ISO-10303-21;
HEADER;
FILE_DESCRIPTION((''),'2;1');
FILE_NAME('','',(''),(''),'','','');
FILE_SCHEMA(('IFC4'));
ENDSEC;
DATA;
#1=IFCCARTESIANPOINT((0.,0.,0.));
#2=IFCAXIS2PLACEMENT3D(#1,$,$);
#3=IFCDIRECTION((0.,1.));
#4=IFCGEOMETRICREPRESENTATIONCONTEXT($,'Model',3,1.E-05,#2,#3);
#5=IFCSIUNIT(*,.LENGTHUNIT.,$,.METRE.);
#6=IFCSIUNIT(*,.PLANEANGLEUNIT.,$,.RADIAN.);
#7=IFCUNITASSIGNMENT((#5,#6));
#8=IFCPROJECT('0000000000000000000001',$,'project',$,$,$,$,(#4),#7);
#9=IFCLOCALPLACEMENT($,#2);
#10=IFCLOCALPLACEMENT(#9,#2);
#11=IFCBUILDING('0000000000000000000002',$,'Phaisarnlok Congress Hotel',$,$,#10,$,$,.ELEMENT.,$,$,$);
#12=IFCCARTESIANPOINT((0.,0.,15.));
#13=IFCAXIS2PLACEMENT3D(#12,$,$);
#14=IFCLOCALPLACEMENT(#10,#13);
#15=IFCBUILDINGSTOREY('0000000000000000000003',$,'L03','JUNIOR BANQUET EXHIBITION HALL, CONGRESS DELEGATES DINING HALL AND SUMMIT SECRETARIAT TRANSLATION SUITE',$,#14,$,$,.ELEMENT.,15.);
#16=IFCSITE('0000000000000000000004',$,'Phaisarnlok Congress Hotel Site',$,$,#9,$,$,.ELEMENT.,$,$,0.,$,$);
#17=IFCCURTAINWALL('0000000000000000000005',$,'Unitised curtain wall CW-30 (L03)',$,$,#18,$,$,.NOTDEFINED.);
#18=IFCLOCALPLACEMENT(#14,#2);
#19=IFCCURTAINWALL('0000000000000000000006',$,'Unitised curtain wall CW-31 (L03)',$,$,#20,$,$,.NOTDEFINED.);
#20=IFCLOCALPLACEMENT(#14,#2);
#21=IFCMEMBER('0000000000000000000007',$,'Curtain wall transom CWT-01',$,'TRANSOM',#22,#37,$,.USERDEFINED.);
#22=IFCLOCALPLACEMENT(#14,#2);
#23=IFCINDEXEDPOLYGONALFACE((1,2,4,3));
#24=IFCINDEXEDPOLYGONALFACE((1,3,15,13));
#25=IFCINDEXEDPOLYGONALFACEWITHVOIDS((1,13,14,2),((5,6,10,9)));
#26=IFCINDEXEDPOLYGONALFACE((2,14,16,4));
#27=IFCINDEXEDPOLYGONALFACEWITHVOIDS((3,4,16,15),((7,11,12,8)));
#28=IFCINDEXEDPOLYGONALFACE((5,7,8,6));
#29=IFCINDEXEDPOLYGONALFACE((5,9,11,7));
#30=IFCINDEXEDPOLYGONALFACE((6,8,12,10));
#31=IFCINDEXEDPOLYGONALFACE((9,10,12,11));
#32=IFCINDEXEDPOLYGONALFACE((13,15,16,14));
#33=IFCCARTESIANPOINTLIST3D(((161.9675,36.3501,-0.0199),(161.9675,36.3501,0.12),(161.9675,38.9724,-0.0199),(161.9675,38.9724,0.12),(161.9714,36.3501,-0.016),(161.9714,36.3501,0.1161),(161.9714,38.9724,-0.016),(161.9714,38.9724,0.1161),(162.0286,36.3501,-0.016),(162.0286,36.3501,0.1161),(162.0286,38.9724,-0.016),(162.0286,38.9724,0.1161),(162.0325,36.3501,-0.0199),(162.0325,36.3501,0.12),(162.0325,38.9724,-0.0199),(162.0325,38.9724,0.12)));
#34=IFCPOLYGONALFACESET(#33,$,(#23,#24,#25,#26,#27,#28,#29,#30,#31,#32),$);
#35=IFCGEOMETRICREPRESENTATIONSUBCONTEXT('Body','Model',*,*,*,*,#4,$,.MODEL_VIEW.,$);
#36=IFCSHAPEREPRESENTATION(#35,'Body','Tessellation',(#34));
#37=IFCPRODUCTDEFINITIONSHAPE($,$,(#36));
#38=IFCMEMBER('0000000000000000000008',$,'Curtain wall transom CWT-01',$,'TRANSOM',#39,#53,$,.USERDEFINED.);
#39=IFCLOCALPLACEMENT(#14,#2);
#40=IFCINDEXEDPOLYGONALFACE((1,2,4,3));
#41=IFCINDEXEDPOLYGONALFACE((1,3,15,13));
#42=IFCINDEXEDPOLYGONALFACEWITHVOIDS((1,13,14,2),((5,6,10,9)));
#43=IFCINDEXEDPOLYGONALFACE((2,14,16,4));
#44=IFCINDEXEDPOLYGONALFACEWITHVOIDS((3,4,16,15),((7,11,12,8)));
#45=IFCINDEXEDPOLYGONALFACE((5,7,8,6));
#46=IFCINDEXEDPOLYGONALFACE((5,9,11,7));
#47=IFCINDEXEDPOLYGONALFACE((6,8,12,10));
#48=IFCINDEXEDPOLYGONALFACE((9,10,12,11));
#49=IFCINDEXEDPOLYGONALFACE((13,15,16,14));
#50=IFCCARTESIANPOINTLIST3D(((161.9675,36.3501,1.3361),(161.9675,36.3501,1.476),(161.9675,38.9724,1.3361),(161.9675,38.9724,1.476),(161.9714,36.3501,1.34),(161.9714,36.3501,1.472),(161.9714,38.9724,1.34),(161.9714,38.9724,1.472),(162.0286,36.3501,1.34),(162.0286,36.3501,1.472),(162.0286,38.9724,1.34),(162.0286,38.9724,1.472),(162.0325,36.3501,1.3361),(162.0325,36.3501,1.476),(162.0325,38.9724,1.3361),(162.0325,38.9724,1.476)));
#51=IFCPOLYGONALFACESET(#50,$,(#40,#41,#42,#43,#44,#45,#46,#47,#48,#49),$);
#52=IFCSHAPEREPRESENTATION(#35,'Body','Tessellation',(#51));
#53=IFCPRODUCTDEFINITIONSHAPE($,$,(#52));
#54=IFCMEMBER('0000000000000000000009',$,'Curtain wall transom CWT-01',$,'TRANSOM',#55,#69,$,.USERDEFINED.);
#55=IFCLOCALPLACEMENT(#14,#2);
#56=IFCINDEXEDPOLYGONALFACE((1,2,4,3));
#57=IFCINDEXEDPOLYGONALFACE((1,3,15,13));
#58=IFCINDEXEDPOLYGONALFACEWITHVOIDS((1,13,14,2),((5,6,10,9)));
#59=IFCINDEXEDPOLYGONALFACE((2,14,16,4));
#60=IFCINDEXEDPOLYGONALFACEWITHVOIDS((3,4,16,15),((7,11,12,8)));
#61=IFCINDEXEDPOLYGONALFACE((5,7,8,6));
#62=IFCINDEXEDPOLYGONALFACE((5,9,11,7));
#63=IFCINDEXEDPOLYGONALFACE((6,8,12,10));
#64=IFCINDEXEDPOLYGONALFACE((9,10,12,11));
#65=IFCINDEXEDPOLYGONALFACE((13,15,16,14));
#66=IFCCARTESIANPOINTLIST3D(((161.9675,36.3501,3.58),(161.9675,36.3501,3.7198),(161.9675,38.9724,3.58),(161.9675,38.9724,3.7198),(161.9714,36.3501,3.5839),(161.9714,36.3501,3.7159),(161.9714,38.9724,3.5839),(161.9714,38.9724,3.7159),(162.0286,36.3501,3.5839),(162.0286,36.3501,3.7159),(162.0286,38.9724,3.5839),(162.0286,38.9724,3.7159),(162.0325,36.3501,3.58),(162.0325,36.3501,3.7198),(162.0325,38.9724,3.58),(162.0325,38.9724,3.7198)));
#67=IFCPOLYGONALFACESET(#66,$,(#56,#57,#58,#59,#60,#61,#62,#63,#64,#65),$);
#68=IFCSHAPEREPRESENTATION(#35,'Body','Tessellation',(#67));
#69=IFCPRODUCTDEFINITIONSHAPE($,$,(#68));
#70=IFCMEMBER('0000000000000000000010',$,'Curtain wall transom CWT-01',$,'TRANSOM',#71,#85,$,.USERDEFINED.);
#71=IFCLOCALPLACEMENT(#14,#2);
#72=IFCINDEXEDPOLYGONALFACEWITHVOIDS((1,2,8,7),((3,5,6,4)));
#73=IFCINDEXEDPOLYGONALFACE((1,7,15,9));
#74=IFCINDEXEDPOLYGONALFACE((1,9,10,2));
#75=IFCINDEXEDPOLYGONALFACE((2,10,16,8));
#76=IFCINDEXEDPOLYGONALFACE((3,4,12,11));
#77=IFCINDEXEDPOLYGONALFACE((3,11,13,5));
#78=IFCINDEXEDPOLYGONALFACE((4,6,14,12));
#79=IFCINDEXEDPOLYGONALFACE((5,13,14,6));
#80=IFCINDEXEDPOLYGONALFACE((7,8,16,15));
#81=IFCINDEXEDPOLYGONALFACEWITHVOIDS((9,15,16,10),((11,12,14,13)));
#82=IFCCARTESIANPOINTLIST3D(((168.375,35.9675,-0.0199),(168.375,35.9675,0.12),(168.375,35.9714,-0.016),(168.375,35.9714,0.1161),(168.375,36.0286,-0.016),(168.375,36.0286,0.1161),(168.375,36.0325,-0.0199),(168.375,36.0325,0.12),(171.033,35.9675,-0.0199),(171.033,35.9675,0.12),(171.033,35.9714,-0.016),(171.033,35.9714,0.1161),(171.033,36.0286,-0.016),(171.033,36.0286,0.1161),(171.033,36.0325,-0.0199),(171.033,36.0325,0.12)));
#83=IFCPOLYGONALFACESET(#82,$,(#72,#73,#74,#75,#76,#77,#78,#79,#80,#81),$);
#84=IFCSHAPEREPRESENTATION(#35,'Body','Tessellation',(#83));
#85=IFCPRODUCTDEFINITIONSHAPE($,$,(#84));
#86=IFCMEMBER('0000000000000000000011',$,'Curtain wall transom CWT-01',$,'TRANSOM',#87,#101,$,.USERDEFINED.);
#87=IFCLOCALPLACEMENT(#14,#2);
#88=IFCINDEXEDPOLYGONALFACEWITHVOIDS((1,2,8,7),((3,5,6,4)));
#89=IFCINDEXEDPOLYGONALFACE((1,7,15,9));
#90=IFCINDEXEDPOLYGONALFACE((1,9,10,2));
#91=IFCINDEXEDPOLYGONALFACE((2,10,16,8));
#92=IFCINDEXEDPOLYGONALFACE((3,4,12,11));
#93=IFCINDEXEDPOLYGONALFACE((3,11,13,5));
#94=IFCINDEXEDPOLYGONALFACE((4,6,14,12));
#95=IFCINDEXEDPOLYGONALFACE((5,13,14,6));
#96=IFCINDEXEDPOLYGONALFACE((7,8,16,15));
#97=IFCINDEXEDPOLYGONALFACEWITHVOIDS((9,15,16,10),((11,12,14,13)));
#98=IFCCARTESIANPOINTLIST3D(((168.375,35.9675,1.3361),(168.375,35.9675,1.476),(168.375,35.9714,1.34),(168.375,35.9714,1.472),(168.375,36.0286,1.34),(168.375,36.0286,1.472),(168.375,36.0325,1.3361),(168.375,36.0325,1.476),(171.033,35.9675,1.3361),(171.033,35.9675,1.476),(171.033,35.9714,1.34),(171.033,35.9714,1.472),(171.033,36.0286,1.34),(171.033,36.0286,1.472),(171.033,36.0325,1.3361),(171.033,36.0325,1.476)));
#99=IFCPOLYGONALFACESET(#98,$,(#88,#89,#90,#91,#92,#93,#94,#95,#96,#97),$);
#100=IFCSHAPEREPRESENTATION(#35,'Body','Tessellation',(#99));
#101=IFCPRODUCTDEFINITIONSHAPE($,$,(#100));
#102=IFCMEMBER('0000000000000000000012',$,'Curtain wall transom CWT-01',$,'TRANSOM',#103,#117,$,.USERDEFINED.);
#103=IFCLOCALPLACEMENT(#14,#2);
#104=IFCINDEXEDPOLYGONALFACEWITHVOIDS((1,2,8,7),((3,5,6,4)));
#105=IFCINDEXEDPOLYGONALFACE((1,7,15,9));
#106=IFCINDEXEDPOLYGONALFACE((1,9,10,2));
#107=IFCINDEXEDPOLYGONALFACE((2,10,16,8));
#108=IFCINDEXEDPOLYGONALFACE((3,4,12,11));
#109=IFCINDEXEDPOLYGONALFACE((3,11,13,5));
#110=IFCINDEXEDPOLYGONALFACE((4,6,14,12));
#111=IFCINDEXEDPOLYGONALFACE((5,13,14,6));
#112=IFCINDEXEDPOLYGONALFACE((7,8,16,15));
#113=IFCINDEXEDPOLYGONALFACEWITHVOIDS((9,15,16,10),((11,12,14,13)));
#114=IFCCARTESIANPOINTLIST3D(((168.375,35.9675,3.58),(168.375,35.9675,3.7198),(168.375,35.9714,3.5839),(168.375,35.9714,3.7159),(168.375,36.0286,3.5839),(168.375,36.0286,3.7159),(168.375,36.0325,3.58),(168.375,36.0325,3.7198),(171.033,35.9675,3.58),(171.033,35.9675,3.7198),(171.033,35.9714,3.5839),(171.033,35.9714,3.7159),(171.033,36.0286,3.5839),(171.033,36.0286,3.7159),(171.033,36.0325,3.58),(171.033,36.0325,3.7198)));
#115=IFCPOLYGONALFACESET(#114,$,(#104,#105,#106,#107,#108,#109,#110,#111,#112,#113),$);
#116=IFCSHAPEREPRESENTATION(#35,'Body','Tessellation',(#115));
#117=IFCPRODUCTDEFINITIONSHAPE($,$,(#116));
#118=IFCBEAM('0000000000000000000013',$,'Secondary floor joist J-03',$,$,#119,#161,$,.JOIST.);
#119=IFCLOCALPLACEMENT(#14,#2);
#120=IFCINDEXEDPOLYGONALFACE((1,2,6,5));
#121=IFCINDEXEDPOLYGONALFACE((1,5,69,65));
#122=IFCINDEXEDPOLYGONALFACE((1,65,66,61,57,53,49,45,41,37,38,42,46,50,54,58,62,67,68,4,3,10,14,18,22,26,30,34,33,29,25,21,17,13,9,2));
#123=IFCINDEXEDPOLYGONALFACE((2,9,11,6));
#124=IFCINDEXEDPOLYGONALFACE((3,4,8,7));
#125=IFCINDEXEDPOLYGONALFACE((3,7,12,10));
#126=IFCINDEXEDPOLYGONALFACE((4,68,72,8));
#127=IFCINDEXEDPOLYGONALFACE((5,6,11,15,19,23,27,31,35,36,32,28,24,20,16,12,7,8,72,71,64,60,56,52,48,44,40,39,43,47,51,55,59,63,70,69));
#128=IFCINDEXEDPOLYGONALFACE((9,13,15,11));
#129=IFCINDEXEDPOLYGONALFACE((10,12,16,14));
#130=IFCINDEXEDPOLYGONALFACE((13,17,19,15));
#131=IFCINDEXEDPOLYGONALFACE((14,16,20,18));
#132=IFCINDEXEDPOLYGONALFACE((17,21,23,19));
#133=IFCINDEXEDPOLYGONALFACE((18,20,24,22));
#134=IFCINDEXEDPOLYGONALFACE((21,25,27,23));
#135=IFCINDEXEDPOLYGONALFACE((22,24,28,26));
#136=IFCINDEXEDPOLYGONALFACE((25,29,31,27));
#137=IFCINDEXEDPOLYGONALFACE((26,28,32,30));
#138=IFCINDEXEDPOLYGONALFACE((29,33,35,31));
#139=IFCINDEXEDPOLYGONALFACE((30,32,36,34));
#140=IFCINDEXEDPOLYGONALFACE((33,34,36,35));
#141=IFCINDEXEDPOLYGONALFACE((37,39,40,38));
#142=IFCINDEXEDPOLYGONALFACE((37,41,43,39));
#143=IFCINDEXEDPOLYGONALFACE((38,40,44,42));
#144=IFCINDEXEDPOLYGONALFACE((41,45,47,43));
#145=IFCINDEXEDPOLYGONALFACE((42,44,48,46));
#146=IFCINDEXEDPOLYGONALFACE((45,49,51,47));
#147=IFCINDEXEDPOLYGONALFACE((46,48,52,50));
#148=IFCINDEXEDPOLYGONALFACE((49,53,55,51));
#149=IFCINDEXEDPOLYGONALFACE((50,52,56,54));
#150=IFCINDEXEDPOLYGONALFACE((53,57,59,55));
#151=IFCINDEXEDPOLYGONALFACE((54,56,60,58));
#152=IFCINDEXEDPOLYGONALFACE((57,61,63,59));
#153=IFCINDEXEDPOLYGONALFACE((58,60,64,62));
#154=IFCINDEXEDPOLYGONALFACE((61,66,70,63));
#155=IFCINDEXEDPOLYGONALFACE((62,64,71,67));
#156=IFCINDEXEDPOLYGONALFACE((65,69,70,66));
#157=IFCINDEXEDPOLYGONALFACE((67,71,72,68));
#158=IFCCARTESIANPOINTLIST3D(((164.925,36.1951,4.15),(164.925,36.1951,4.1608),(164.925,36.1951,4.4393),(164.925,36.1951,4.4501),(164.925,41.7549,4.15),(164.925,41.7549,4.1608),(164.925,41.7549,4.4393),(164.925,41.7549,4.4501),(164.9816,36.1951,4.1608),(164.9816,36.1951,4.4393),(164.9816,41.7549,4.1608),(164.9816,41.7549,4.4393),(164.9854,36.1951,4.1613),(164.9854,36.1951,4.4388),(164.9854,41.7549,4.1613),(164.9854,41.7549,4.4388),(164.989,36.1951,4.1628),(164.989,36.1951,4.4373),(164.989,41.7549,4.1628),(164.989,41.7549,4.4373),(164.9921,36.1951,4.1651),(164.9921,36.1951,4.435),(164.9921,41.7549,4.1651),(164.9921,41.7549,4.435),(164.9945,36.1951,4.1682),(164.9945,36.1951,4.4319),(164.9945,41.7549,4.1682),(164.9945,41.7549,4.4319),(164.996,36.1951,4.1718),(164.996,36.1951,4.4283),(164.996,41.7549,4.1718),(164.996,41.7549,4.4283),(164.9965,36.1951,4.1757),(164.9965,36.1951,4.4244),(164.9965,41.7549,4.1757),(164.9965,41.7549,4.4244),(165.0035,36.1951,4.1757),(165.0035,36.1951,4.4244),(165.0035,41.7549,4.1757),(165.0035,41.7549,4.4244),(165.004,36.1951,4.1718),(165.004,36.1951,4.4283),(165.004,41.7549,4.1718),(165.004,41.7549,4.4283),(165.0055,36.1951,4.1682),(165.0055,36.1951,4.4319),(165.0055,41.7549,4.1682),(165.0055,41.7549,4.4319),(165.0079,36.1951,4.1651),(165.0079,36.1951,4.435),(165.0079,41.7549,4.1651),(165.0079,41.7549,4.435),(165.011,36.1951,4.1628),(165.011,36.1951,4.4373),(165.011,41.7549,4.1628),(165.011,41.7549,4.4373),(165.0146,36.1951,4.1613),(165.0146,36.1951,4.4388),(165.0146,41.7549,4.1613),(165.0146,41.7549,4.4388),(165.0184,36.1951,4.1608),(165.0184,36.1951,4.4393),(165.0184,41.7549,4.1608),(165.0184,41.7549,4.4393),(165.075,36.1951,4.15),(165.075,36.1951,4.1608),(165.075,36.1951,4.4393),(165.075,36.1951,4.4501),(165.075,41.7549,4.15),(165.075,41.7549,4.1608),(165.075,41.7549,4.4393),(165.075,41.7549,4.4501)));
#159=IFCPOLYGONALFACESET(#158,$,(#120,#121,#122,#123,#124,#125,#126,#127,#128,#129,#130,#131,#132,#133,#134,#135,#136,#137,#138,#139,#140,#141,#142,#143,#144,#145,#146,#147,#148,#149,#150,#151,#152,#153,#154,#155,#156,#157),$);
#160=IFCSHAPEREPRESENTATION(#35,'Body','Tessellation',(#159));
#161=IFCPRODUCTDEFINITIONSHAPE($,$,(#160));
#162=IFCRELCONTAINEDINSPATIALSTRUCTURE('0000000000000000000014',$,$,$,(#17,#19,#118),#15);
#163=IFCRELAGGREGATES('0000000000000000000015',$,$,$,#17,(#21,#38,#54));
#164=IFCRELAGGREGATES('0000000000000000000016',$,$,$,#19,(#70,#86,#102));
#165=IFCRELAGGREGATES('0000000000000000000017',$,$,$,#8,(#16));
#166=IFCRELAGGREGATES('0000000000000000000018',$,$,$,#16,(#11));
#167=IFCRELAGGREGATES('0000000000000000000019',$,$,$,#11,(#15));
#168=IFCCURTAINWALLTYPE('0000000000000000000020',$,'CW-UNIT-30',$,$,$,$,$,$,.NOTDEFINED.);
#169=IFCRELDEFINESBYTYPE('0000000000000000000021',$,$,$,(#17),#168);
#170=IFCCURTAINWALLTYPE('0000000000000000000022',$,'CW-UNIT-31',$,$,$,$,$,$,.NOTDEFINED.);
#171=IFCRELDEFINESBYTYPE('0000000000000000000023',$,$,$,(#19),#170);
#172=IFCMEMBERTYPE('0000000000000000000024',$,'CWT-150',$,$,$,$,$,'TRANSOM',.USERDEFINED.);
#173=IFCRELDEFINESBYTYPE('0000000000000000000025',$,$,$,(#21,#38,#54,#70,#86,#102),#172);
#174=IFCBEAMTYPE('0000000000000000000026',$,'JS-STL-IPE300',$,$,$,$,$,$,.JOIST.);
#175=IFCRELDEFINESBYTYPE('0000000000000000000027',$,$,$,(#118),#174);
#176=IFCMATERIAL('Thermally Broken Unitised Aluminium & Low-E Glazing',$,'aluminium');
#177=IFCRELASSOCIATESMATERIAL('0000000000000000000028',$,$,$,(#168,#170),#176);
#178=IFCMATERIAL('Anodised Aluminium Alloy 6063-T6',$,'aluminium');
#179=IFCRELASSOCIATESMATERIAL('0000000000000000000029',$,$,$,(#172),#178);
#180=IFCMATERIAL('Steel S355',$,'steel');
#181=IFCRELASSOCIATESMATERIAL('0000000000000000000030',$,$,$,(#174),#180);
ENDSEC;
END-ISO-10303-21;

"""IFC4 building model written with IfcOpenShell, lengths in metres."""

from ifc_helpers import new_model, si_unit, direction, frame, origin, origin_2d, place, context, subcontext, project, spatial, hollow_rectangle, i_section, extrude, material, material_profile, profile_set, type_object, element, aggregate, save


model = new_model("IFC4")

# Units and contexts
model_context = context("Model", 3, precision=1e-05, world=origin(), true_north=direction((0.0, 1.0)))
body_context = subcontext(model_context, "Body", "Model", "MODEL_VIEW")
ifc_project = project(units=[si_unit("LENGTHUNIT", "METRE"), si_unit("PLANEANGLEUNIT", "RADIAN")], contexts=[model_context])

# Site, building, storey
site_placement = place(None, origin())
site = spatial("IfcSite", under=ifc_project, at=site_placement, Name="Phaisarnlok Congress Hotel Site", CompositionType="ELEMENT", RefElevation=0.0)
building_placement = place(site_placement, origin())
building = spatial("IfcBuilding", under=site, at=building_placement, Name="Phaisarnlok Congress Hotel", CompositionType="ELEMENT")
storey_placement = place(building_placement, frame((0.0, 0.0, 15.0)))
storey = spatial("IfcBuildingStorey", under=building, at=storey_placement, Name="L03", Description="JUNIOR BANQUET EXHIBITION HALL, CONGRESS DELEGATES DINING HALL AND SUMMIT SECRETARIAT TRANSLATION SUITE", CompositionType="ELEMENT", Elevation=15.0)

# Curtain walls
ifc_material_1 = material(Name="Thermally Broken Unitised Aluminium & Low-E Glazing", Category="aluminium")
curtain_wall_type_1 = type_object("IfcCurtainWallType", Name="CW-UNIT-30", PredefinedType="NOTDEFINED", material=ifc_material_1)
curtain_wall_1_placement = place(storey_placement, origin())
curtain_wall_1 = element("IfcCurtainWall", 1, at=curtain_wall_1_placement, inside=storey, type_object=curtain_wall_type_1, Name="Unitised curtain wall CW-30 (L03)", PredefinedType="NOTDEFINED")
ifc_material_2 = material(Name="Anodised Aluminium Alloy 6063-T6", Category="aluminium")
curtain_wall_type_2 = type_object("IfcCurtainWallType", Name="CW-UNIT-31", PredefinedType="NOTDEFINED", material=ifc_material_1)
curtain_wall_2_placement = place(storey_placement, origin())
curtain_wall_2 = element("IfcCurtainWall", 2, at=curtain_wall_2_placement, inside=storey, type_object=curtain_wall_type_2, Name="Unitised curtain wall CW-31 (L03)", PredefinedType="NOTDEFINED")

# Members
ifc_material_profile_1 = material_profile(ifc_material_2, hollow_rectangle(XDim=0.0649, YDim=0.1399, WallThickness=0.0039, at=origin_2d()), Name="ALU-T 65x140x4")
ifc_profile_set_1 = profile_set([ifc_material_profile_1], Name="Anodised Aluminium Alloy 6063-T6")
member_type_1 = type_object("IfcMemberType", Name="CWT-150", ElementType="TRANSOM", PredefinedType="USERDEFINED", material=ifc_profile_set_1)
member_1_placement = place(storey_placement, frame((162.0, 38.9724, 0.05), z_axis=(0.0, -1.0, 0.0), x_axis=(1.0, 0.0, 0.0)))
member_1 = element("IfcMember", 3, at=member_1_placement, type_object=member_type_1, Name="Curtain wall transom CWT-01", ObjectType="TRANSOM", PredefinedType="USERDEFINED", context=body_context, shape_type="SweptSolid", body=[
    extrude(hollow_rectangle(XDim=0.0649, YDim=0.1399, WallThickness=0.0039, at=origin_2d()), origin(), (0.0, 0.0, 1.0), 2.6223),
])
member_2_placement = place(storey_placement, frame((162.0, 38.9724, 1.406), z_axis=(0.0, -1.0, 0.0), x_axis=(1.0, 0.0, 0.0)))
member_2 = element("IfcMember", 4, at=member_2_placement, type_object=member_type_1, Name="Curtain wall transom CWT-01", ObjectType="TRANSOM", PredefinedType="USERDEFINED", context=body_context, shape_type="SweptSolid", body=[
    extrude(hollow_rectangle(XDim=0.0649, YDim=0.1399, WallThickness=0.0039, at=origin_2d()), origin(), (0.0, 0.0, 1.0), 2.6223),
])
member_3_placement = place(storey_placement, frame((162.0, 38.9724, 3.6499), z_axis=(0.0, -1.0, 0.0), x_axis=(1.0, 0.0, 0.0)))
member_3 = element("IfcMember", 5, at=member_3_placement, type_object=member_type_1, Name="Curtain wall transom CWT-01", ObjectType="TRANSOM", PredefinedType="USERDEFINED", context=body_context, shape_type="SweptSolid", body=[
    extrude(hollow_rectangle(XDim=0.0649, YDim=0.1399, WallThickness=0.0039, at=origin_2d()), origin(), (0.0, 0.0, 1.0), 2.6223),
])
member_4_placement = place(storey_placement, frame((168.375, 36.0, 0.05), z_axis=(1.0, 0.0, 0.0), x_axis=(0.0, 1.0, 0.0)))
member_4 = element("IfcMember", 6, at=member_4_placement, type_object=member_type_1, Name="Curtain wall transom CWT-01", ObjectType="TRANSOM", PredefinedType="USERDEFINED", context=body_context, shape_type="SweptSolid", body=[
    extrude(hollow_rectangle(XDim=0.0649, YDim=0.1399, WallThickness=0.0039, at=origin_2d()), origin(), (0.0, 0.0, 1.0), 2.658),
])
member_5_placement = place(storey_placement, frame((168.375, 36.0, 1.406), z_axis=(1.0, 0.0, 0.0), x_axis=(0.0, 1.0, 0.0)))
member_5 = element("IfcMember", 7, at=member_5_placement, type_object=member_type_1, Name="Curtain wall transom CWT-01", ObjectType="TRANSOM", PredefinedType="USERDEFINED", context=body_context, shape_type="SweptSolid", body=[
    extrude(hollow_rectangle(XDim=0.0649, YDim=0.1399, WallThickness=0.0039, at=origin_2d()), origin(), (0.0, 0.0, 1.0), 2.658),
])
member_6_placement = place(storey_placement, frame((168.375, 36.0, 3.6499), z_axis=(1.0, 0.0, 0.0), x_axis=(0.0, 1.0, 0.0)))
member_6 = element("IfcMember", 8, at=member_6_placement, type_object=member_type_1, Name="Curtain wall transom CWT-01", ObjectType="TRANSOM", PredefinedType="USERDEFINED", context=body_context, shape_type="SweptSolid", body=[
    extrude(hollow_rectangle(XDim=0.0649, YDim=0.1399, WallThickness=0.0039, at=origin_2d()), origin(), (0.0, 0.0, 1.0), 2.658),
])

# Beam
ifc_material_3 = material(Name="Steel S355", Category="steel")
ifc_material_profile_2 = material_profile(ifc_material_3, i_section(OverallWidth=0.1499, OverallDepth=0.3, WebThickness=0.0071, FlangeThickness=0.0107, FilletRadius=0.0149, at=origin_2d()), Name="IPE 300")
ifc_profile_set_2 = profile_set([ifc_material_profile_2], Name="Steel S355")
beam_type_1 = type_object("IfcBeamType", Name="JS-STL-IPE300", PredefinedType="JOIST", material=ifc_profile_set_2)
for number, where, z_axis, x_axis, name in (
    (9, (165.0, 36.1951, 4.3), (0.0, 1.0, 0.0), (-1.0, 0.0, 0.0), "Secondary floor joist J-03"),
):
    element("IfcBeam", number, at=place(storey_placement, frame(where, z_axis=z_axis, x_axis=x_axis)), inside=storey, type_object=beam_type_1, Name=name, PredefinedType="JOIST", context=body_context, shape_type="SweptSolid", body=[
        extrude(i_section(OverallWidth=0.1499, OverallDepth=0.3, WebThickness=0.0071, FlangeThickness=0.0107, FilletRadius=0.0149, at=origin_2d()), origin(), (0.0, 0.0, 1.0), 5.5598),
    ])

aggregate(curtain_wall_1, [member_1, member_2, member_3])
aggregate(curtain_wall_2, [member_4, member_5, member_6])

save(model, "model.ifc")
